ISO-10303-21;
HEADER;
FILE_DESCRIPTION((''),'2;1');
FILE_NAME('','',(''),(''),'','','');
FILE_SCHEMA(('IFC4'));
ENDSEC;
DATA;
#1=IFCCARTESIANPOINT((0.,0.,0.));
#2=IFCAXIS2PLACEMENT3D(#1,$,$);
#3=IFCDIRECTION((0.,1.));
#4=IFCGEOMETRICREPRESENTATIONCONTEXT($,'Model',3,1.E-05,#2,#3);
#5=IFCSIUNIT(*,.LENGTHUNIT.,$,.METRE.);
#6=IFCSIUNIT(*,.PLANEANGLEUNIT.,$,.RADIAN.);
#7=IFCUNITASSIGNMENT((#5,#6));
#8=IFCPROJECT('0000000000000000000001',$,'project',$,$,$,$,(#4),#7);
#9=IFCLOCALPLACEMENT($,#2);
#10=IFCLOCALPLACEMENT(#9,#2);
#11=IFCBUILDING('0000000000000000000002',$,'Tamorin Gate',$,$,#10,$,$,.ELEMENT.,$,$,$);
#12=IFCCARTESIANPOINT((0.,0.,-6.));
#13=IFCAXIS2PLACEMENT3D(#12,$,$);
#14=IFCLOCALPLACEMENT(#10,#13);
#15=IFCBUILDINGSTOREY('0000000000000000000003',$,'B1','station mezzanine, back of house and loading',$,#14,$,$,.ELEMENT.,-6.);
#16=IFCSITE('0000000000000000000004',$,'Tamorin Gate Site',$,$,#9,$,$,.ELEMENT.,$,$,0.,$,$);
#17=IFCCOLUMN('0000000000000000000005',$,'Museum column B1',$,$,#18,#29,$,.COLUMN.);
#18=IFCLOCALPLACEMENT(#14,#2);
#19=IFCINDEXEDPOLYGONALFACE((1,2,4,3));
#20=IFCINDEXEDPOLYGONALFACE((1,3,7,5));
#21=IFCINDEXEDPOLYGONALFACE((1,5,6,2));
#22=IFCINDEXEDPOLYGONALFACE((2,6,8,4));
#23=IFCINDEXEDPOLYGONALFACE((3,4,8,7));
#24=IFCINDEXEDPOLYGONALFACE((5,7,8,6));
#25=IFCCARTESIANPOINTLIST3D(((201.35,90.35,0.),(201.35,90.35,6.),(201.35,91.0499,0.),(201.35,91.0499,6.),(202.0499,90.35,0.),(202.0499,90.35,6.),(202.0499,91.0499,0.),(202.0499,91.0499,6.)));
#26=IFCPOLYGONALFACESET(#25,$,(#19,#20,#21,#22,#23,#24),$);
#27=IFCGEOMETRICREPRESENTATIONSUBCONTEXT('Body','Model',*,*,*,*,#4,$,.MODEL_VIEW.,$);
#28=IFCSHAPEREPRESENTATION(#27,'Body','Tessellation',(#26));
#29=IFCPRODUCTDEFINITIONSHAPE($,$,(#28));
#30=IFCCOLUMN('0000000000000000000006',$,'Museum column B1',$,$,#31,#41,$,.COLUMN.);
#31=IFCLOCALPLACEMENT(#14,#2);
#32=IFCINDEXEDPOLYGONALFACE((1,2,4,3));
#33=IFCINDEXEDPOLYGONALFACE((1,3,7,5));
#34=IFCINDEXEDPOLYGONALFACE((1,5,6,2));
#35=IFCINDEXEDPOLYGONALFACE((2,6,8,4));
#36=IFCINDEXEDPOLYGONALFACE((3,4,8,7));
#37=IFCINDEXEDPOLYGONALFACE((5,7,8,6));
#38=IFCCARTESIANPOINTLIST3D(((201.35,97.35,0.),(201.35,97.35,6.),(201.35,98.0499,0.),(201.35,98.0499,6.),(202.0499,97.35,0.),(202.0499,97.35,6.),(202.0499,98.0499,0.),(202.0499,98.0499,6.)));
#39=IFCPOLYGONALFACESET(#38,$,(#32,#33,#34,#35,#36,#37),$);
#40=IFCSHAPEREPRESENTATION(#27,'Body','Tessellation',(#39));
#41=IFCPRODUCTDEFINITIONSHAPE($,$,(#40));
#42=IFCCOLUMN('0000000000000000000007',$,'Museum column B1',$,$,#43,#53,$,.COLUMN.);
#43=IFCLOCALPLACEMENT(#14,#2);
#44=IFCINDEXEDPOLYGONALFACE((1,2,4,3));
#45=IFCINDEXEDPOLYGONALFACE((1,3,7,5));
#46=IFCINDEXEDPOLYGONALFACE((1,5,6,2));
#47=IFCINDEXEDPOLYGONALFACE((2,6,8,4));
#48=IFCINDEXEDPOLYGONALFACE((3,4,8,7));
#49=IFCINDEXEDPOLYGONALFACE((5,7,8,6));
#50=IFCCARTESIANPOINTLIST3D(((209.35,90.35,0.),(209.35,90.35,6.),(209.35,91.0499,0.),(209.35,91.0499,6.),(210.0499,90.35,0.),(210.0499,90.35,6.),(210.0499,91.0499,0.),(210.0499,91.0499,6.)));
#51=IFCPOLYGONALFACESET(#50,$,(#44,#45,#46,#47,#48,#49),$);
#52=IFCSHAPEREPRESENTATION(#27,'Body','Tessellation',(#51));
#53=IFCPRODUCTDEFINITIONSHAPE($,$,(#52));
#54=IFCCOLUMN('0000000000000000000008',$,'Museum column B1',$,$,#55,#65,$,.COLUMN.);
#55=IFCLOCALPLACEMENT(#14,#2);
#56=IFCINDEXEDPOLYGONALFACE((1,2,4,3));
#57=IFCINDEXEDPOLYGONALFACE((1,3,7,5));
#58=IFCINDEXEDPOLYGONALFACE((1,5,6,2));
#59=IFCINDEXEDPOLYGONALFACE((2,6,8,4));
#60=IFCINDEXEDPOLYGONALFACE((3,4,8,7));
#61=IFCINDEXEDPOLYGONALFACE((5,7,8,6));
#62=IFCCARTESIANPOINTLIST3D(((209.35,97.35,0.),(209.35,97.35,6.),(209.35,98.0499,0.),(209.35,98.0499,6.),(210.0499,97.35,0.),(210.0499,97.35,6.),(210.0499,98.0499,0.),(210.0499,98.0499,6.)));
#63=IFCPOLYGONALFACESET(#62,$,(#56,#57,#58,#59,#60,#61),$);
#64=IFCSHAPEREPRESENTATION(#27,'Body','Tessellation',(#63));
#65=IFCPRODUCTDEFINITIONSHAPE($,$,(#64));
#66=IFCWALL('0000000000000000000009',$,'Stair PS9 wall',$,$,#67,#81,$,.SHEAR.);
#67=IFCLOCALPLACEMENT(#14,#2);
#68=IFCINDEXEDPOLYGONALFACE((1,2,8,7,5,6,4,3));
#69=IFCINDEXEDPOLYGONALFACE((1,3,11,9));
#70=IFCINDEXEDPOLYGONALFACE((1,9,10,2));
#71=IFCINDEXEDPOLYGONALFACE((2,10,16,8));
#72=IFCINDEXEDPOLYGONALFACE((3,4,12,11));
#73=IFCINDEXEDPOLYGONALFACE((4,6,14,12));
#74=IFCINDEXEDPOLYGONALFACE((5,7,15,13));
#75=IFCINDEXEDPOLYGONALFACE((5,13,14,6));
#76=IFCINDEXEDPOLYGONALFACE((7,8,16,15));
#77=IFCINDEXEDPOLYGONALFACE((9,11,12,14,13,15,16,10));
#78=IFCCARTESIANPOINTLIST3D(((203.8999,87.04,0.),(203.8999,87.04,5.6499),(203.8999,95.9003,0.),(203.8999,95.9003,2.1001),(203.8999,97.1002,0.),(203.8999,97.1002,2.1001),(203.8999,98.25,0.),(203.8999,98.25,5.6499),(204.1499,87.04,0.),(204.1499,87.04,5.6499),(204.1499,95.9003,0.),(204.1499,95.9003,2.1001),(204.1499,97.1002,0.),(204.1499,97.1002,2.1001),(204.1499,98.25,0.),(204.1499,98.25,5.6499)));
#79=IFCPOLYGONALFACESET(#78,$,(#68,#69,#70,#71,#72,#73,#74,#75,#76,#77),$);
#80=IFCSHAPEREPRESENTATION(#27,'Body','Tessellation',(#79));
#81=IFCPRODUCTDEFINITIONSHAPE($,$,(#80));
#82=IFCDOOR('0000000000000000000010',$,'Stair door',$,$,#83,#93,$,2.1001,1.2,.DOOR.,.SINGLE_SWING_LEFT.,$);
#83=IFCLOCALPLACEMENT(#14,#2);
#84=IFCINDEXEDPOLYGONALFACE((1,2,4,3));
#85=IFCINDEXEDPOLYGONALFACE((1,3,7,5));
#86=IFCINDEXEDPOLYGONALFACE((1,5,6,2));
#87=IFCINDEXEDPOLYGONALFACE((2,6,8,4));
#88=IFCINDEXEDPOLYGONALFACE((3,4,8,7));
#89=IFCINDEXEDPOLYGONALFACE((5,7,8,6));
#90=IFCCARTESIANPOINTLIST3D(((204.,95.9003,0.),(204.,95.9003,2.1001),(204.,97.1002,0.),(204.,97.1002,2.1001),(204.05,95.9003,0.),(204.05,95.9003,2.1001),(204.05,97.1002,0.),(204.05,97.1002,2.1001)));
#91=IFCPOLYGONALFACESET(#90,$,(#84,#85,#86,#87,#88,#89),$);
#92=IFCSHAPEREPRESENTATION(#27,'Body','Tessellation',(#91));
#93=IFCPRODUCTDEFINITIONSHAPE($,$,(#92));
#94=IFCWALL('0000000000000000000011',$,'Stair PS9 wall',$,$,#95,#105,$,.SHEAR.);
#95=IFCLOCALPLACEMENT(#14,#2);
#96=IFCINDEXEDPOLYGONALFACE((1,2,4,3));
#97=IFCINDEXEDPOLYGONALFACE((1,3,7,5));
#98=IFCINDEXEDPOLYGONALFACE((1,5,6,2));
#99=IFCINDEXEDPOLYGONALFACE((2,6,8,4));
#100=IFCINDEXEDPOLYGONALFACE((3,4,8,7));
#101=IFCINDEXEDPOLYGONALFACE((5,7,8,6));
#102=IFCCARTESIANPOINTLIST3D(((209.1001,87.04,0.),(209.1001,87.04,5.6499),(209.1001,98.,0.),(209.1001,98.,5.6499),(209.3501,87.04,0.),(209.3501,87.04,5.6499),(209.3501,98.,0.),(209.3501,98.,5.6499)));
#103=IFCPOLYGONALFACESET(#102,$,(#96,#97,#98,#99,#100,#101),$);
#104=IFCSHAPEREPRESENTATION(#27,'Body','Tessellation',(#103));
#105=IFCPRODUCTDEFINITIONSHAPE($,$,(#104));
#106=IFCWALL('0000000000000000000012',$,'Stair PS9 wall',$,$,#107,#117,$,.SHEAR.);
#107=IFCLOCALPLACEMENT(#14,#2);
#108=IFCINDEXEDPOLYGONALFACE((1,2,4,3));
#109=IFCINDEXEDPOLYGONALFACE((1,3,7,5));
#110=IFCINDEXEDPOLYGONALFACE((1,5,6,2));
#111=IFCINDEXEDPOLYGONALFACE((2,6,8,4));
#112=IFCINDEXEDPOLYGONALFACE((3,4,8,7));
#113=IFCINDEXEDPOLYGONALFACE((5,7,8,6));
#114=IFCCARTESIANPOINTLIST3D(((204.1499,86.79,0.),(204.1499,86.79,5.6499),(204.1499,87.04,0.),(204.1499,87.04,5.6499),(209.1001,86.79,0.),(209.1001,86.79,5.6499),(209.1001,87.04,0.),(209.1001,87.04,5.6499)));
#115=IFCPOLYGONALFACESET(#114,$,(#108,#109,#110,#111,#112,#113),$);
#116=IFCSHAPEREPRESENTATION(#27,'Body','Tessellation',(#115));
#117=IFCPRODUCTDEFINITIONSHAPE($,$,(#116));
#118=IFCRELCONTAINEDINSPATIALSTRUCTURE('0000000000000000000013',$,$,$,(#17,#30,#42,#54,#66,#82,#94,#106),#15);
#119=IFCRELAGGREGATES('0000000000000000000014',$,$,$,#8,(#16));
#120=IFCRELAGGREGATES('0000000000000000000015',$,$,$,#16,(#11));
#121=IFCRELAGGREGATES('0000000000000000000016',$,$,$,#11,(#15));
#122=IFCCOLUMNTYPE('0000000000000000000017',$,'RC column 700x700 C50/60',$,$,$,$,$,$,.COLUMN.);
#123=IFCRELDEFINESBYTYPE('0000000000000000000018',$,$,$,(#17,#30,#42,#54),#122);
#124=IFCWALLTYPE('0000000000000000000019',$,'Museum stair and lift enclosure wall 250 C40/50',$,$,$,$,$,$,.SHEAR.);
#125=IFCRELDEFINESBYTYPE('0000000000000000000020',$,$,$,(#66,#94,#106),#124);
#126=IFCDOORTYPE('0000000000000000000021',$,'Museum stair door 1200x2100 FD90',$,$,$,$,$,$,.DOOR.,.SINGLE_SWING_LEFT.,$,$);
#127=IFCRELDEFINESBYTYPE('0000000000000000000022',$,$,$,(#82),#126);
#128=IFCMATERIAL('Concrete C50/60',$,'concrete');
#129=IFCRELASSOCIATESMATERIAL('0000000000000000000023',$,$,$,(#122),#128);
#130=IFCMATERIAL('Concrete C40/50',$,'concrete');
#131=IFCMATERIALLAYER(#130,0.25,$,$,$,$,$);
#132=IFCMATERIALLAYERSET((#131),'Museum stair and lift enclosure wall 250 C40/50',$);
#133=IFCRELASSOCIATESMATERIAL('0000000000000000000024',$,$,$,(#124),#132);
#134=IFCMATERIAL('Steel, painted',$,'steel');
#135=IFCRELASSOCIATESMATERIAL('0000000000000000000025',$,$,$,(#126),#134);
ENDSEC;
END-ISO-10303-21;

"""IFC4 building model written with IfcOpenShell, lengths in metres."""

from ifc_helpers import new_model, si_unit, direction, frame, frame_2d, origin, origin_2d, place, context, subcontext, project, spatial, rectangle, extrude, material, layer, layer_set, material_profile, profile_set, type_object, element, fill, save


model = new_model("IFC4")

# Units and contexts
model_context = context("Model", 3, precision=1e-05, world=origin(), true_north=direction((0.0, 1.0)))
body_context = subcontext(model_context, "Body", "Model", "MODEL_VIEW")
ifc_project = project(units=[si_unit("LENGTHUNIT", "METRE"), si_unit("PLANEANGLEUNIT", "RADIAN")], contexts=[model_context])

# Site, building, storey
site_placement = place(None, origin())
site = spatial("IfcSite", under=ifc_project, at=site_placement, Name="Tamorin Gate Site", CompositionType="ELEMENT", RefElevation=0.0)
building_placement = place(site_placement, origin())
building = spatial("IfcBuilding", under=site, at=building_placement, Name="Tamorin Gate", CompositionType="ELEMENT")
storey_placement = place(building_placement, frame((0.0, 0.0, -6.0)))
storey = spatial("IfcBuildingStorey", under=building, at=storey_placement, Name="B1", Description="station mezzanine, back of house and loading", CompositionType="ELEMENT", Elevation=-6.0)

# Shared definitions
ifc_material_1 = material(Name="Concrete C40/50", Category="concrete")

# Columns
ifc_material_2 = material(Name="Concrete C50/60", Category="concrete")
ifc_material_profile_1 = material_profile(ifc_material_2, rectangle(XDim=0.7, YDim=0.7, at=origin_2d()), Name="RC 700x700")
ifc_profile_set_1 = profile_set([ifc_material_profile_1], Name="Concrete C50/60")
column_type = type_object("IfcColumnType", Name="RC column 700x700 C50/60", PredefinedType="COLUMN", material=ifc_profile_set_1)
for number, where, z_axis, x_axis, name in (
    (1, (201.7, 90.7, 0.0), (0.0, 0.0, 1.0), (1.0, 0.0, 0.0), "Museum column B1"),
    (2, (201.7, 97.7, 0.0), (0.0, 0.0, 1.0), (1.0, 0.0, 0.0), "Museum column B1"),
    (3, (209.7, 90.7, 0.0), (0.0, 0.0, 1.0), (1.0, 0.0, 0.0), "Museum column B1"),
    (4, (209.7, 97.7, 0.0), (0.0, 0.0, 1.0), (1.0, 0.0, 0.0), "Museum column B1"),
):
    element("IfcColumn", number, at=place(storey_placement, frame(where, z_axis=z_axis, x_axis=x_axis)), inside=storey, type_object=column_type, Name=name, PredefinedType="COLUMN", context=body_context, shape_type="SweptSolid", body=[
        extrude(rectangle(XDim=0.7, YDim=0.7, at=origin_2d()), origin(), (0.0, 0.0, 1.0), 6.0),
    ])

# Wall, opening, door
ifc_layer = layer(ifc_material_1, 0.25)
ifc_layer_set = layer_set([ifc_layer], Name="Museum stair and lift enclosure wall 250 C40/50")
wall_type = type_object("IfcWallType", Name="Museum stair and lift enclosure wall 250 C40/50", PredefinedType="SHEAR", material=ifc_layer_set)
wall_1_placement = place(storey_placement, frame((204.0249, 87.04, 0.0), z_axis=(0.0, 0.0, 1.0), x_axis=(0.0, 1.0, 0.0)))
wall_1 = element("IfcWall", 5, at=wall_1_placement, inside=storey, type_object=wall_type, Name="Stair PS9 wall", PredefinedType="SHEAR", context=body_context, shape_type="SweptSolid", body=[
    extrude(rectangle(XDim=11.21, YDim=0.25, at=frame_2d((5.605, 0.0))), origin(), (0.0, 0.0, 1.0), 5.6499),
])
opening_placement = place(wall_1_placement, frame((8.8601, 0.0, 0.0)))
opening = element("IfcOpeningElement", 6, at=opening_placement, cuts=wall_1, PredefinedType="OPENING", context=body_context, shape_type="SweptSolid", body=[
    extrude(rectangle(XDim=1.2, YDim=2.1001, at=frame_2d((0.6001, 1.05))), frame((0.0, 0.135, 0.0), z_axis=(0.0, -1.0, 0.0), x_axis=(1.0, 0.0, 0.0)), (0.0, 0.0, 1.0), 0.27),
])
ifc_material_3 = material(Name="Steel, painted", Category="steel")
door_type = type_object("IfcDoorType", Name="Museum stair door 1200x2100 FD90", OperationType="SINGLE_SWING_LEFT", PredefinedType="DOOR", material=ifc_material_3)
door_placement = place(opening_placement, origin())
door = element("IfcDoor", 7, at=door_placement, inside=storey, type_object=door_type, Name="Stair door", OperationType="SINGLE_SWING_LEFT", OverallHeight=2.1001, OverallWidth=1.2, PredefinedType="DOOR", context=body_context, shape_type="SweptSolid", body=[
    extrude(rectangle(XDim=1.2, YDim=2.1001, at=frame_2d((0.6001, 1.05))), frame((0.0, 0.0249, 0.0), z_axis=(0.0, -1.0, 0.0), x_axis=(1.0, 0.0, 0.0)), (0.0, 0.0, 1.0), 0.05),
])
fill(opening, door)

# Walls
wall_2_placement = place(storey_placement, frame((209.2251, 87.04, 0.0), z_axis=(0.0, 0.0, 1.0), x_axis=(0.0, 1.0, 0.0)))
element("IfcWall", 8, at=wall_2_placement, inside=storey, type_object=wall_type, Name="Stair PS9 wall", PredefinedType="SHEAR", context=body_context, shape_type="SweptSolid", body=[
    extrude(rectangle(XDim=10.96, YDim=0.25, at=frame_2d((5.48, 0.0))), origin(), (0.0, 0.0, 1.0), 5.6499),
])
wall_3_placement = place(storey_placement, frame((204.1499, 86.915, 0.0), z_axis=(0.0, 0.0, 1.0), x_axis=(1.0, 0.0, 0.0)))
element("IfcWall", 9, at=wall_3_placement, inside=storey, type_object=wall_type, Name="Stair PS9 wall", PredefinedType="SHEAR", context=body_context, shape_type="SweptSolid", body=[
    extrude(rectangle(XDim=4.9502, YDim=0.25, at=frame_2d((2.4751, 0.0))), origin(), (0.0, 0.0, 1.0), 5.6499),
])

save(model, "model.ifc")
